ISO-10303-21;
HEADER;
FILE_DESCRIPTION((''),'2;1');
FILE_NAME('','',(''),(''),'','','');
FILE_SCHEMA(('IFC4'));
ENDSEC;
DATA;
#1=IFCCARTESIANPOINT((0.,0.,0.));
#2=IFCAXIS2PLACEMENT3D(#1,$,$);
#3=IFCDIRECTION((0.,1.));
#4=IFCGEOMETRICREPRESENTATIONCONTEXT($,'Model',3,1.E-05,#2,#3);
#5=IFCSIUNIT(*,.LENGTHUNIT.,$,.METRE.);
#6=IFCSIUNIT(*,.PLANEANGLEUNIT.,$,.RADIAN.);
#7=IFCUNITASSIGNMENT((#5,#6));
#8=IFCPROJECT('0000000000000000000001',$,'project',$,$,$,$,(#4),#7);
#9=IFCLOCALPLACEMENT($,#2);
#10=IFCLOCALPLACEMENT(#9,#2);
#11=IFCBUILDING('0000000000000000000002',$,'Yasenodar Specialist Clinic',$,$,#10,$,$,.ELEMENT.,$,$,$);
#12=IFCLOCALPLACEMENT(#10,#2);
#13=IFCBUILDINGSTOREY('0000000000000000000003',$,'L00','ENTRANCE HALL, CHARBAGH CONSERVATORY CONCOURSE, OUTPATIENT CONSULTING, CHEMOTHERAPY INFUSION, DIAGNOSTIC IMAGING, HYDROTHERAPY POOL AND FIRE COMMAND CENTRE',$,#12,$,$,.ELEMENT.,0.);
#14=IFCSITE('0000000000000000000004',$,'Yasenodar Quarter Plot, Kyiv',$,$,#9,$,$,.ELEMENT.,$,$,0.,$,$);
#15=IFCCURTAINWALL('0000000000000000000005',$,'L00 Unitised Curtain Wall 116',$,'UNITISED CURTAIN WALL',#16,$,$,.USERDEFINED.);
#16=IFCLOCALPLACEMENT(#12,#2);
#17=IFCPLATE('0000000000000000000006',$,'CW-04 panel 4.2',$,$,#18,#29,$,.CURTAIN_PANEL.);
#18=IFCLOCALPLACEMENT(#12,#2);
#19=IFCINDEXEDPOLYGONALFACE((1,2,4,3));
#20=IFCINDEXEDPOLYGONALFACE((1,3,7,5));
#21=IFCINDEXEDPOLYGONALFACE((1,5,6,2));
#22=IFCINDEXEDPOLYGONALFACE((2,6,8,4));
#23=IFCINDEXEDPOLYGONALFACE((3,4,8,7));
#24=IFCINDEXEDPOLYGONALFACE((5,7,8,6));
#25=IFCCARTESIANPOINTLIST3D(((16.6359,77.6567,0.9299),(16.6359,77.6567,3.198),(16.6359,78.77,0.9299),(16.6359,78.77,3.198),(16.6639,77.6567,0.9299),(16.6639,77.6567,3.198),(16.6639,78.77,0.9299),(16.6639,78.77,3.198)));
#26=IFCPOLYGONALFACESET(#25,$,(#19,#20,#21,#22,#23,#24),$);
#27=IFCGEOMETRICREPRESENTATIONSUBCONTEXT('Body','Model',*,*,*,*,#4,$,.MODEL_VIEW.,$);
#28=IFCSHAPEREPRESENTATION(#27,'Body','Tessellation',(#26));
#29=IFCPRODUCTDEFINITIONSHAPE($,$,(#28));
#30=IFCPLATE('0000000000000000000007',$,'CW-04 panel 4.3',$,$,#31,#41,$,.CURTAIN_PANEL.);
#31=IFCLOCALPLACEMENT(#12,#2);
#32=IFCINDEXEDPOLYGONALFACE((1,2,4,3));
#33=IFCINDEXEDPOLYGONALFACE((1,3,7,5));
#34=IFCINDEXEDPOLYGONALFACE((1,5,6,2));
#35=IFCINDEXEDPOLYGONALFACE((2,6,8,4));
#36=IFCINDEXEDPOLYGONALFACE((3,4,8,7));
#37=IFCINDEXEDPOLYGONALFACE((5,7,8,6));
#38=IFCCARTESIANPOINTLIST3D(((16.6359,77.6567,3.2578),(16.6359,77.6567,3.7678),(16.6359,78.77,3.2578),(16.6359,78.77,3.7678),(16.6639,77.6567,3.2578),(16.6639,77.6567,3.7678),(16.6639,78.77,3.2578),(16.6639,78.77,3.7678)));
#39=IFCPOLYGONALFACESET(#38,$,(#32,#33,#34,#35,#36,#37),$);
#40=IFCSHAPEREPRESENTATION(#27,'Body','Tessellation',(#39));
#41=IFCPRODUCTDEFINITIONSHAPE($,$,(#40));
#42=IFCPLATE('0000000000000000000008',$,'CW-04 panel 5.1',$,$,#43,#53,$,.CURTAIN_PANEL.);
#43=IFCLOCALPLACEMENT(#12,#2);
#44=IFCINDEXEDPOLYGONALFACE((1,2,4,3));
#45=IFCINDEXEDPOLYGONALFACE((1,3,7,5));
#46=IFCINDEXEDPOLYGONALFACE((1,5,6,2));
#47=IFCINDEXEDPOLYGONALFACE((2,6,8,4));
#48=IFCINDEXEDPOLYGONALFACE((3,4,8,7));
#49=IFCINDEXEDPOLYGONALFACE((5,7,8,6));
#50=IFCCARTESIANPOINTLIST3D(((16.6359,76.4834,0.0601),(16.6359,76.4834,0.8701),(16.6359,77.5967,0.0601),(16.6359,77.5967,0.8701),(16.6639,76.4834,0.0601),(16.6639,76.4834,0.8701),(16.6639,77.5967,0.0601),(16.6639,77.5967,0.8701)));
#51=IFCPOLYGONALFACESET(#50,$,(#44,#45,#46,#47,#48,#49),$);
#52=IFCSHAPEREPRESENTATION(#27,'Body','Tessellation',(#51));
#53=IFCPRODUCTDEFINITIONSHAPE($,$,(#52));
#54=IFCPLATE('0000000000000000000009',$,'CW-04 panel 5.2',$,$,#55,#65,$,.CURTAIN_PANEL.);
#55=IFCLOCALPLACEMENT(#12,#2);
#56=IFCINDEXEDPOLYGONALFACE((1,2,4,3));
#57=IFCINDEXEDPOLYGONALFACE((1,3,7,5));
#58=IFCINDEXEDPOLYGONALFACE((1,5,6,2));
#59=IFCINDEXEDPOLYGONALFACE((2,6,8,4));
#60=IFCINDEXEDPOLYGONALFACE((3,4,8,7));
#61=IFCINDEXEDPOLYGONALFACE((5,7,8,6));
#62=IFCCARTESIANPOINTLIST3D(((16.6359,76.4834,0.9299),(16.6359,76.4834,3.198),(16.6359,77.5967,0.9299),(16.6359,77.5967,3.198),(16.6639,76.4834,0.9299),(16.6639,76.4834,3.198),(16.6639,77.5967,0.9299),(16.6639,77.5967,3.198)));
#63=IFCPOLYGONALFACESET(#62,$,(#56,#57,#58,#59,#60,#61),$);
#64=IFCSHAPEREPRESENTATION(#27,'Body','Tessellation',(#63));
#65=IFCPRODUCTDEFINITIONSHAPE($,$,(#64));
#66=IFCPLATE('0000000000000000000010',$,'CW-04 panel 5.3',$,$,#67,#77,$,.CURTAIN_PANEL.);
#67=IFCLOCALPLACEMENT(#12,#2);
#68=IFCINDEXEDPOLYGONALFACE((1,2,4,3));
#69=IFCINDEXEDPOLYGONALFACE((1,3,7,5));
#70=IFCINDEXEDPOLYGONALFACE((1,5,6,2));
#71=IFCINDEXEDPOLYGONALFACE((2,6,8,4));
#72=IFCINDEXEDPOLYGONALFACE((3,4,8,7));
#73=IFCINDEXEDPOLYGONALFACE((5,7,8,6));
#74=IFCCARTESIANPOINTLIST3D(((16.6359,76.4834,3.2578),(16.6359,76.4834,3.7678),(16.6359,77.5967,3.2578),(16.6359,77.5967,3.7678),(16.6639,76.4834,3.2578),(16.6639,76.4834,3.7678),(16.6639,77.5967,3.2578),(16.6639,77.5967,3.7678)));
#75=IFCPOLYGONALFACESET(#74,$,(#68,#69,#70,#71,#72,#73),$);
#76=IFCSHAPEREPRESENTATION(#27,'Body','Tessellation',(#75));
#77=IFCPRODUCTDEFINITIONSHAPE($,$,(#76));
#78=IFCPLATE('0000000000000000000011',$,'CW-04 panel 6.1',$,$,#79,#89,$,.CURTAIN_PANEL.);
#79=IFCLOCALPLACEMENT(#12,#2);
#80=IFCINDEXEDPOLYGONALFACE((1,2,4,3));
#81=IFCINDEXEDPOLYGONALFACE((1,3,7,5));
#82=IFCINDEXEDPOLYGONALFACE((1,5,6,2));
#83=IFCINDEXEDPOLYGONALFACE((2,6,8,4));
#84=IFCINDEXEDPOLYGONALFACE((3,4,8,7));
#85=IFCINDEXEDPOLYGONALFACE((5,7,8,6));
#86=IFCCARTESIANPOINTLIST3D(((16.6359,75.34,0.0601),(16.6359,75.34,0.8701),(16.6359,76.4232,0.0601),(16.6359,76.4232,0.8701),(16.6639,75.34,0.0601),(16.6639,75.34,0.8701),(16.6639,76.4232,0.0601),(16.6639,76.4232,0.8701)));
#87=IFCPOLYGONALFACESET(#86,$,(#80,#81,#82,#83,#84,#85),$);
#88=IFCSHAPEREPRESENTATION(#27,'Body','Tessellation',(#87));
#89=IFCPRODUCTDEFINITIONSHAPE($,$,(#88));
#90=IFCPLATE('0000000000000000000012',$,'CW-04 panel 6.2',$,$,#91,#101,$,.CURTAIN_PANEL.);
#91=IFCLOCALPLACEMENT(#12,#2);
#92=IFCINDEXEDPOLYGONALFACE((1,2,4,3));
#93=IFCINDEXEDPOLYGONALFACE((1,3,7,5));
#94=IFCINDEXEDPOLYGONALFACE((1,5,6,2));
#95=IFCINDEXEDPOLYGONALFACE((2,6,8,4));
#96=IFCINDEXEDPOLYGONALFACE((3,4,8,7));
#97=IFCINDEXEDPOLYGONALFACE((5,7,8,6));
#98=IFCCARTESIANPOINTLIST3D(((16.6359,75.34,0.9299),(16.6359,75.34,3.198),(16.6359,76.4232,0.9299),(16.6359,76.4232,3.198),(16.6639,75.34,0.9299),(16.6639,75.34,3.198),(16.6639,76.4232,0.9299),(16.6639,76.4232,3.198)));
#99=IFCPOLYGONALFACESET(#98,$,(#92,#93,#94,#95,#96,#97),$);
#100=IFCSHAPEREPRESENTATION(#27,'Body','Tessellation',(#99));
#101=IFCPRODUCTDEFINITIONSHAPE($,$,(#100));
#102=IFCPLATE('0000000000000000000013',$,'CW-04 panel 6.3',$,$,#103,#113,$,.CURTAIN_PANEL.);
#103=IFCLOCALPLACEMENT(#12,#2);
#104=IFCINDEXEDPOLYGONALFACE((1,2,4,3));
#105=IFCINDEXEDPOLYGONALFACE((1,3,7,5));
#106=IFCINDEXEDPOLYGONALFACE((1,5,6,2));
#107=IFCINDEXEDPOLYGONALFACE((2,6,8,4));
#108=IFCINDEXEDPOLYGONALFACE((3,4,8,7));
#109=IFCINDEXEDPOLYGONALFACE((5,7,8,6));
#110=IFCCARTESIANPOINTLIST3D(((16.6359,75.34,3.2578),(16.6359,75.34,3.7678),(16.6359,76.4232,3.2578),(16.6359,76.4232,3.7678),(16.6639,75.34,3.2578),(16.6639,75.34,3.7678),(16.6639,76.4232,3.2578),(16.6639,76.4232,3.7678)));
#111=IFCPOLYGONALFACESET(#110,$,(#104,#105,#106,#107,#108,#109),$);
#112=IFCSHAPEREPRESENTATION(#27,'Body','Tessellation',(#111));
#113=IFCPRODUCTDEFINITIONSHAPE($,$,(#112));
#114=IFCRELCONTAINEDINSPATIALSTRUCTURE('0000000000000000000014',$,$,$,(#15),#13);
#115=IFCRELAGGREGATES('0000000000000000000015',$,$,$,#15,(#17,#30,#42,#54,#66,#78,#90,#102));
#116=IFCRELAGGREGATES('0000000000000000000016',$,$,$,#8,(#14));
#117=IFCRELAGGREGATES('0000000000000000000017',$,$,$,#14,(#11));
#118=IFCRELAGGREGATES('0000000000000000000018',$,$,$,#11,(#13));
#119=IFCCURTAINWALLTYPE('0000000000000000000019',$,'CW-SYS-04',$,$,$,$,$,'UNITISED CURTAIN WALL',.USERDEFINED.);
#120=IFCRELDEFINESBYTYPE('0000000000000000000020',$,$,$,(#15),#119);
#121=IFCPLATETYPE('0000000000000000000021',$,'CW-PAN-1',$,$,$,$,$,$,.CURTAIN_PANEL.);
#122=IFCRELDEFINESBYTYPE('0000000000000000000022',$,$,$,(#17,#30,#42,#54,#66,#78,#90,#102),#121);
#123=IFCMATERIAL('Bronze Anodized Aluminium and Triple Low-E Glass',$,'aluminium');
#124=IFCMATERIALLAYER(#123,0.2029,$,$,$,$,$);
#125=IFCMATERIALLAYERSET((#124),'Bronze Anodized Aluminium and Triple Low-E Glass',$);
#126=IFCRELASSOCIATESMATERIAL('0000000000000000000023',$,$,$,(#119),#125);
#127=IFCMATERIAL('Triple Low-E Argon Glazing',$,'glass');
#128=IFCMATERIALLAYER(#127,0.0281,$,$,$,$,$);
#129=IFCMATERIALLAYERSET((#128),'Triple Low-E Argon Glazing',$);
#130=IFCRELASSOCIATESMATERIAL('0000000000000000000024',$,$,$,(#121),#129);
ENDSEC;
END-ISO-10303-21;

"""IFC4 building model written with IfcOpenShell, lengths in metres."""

from ifc_helpers import new_model, si_unit, direction, frame, origin, origin_2d, place, context, subcontext, project, spatial, rectangle, extrude, material, layer, layer_set, type_object, element, aggregate, save


model = new_model("IFC4")

# Units and contexts
model_context = context("Model", 3, precision=1e-05, world=origin(), true_north=direction((0.0, 1.0)))
body_context = subcontext(model_context, "Body", "Model", "MODEL_VIEW")
ifc_project = project(units=[si_unit("LENGTHUNIT", "METRE"), si_unit("PLANEANGLEUNIT", "RADIAN")], contexts=[model_context])

# Site, building, storey
site_placement = place(None, origin())
site = spatial("IfcSite", under=ifc_project, at=site_placement, Name="Yasenodar Quarter Plot, Kyiv", CompositionType="ELEMENT", RefElevation=0.0)
building_placement = place(site_placement, origin())
building = spatial("IfcBuilding", under=site, at=building_placement, Name="Yasenodar Specialist Clinic", CompositionType="ELEMENT")
storey_placement = place(building_placement, origin())
storey = spatial("IfcBuildingStorey", under=building, at=storey_placement, Name="L00", Description="ENTRANCE HALL, CHARBAGH CONSERVATORY CONCOURSE, OUTPATIENT CONSULTING, CHEMOTHERAPY INFUSION, DIAGNOSTIC IMAGING, HYDROTHERAPY POOL AND FIRE COMMAND CENTRE", CompositionType="ELEMENT", Elevation=0.0)

# Curtain wall, plates
ifc_material_1 = material(Name="Bronze Anodized Aluminium and Triple Low-E Glass", Category="aluminium")
ifc_layer_1 = layer(ifc_material_1, 0.2029)
ifc_layer_set_1 = layer_set([ifc_layer_1], Name="Bronze Anodized Aluminium and Triple Low-E Glass")
curtain_wall_type = type_object("IfcCurtainWallType", Name="CW-SYS-04", ElementType="UNITISED CURTAIN WALL", PredefinedType="USERDEFINED", material=ifc_layer_set_1)
curtain_wall_placement = place(storey_placement, origin())
curtain_wall = element("IfcCurtainWall", 1, at=curtain_wall_placement, inside=storey, type_object=curtain_wall_type, Name="L00 Unitised Curtain Wall 116", ObjectType="UNITISED CURTAIN WALL", PredefinedType="USERDEFINED")
ifc_material_2 = material(Name="Triple Low-E Argon Glazing", Category="glass")
ifc_layer_2 = layer(ifc_material_2, 0.0281)
ifc_layer_set_2 = layer_set([ifc_layer_2], Name="Triple Low-E Argon Glazing")
plate_type = type_object("IfcPlateType", Name="CW-PAN-1", PredefinedType="CURTAIN_PANEL", material=ifc_layer_set_2)
plate_1_placement = place(storey_placement, frame((16.6499, 78.2134, 0.9299), z_axis=(0.0, 0.0, 1.0), x_axis=(0.0, -1.0, 0.0)))
plate_1 = element("IfcPlate", 2, at=plate_1_placement, type_object=plate_type, Name="CW-04 panel 4.2", PredefinedType="CURTAIN_PANEL", context=body_context, shape_type="SweptSolid", body=[
    extrude(rectangle(XDim=1.1133, YDim=0.0281, at=origin_2d()), origin(), (0.0, 0.0, 1.0), 2.2681),
])
plate_2_placement = place(storey_placement, frame((16.6499, 78.2134, 3.2578), z_axis=(0.0, 0.0, 1.0), x_axis=(0.0, -1.0, 0.0)))
plate_2 = element("IfcPlate", 3, at=plate_2_placement, type_object=plate_type, Name="CW-04 panel 4.3", PredefinedType="CURTAIN_PANEL", context=body_context, shape_type="SweptSolid", body=[
    extrude(rectangle(XDim=1.1133, YDim=0.0281, at=origin_2d()), origin(), (0.0, 0.0, 1.0), 0.51),
])
plate_3_placement = place(storey_placement, frame((16.6499, 77.04, 0.0601), z_axis=(0.0, 0.0, 1.0), x_axis=(0.0, -1.0, 0.0)))
plate_3 = element("IfcPlate", 4, at=plate_3_placement, type_object=plate_type, Name="CW-04 panel 5.1", PredefinedType="CURTAIN_PANEL", context=body_context, shape_type="SweptSolid", body=[
    extrude(rectangle(XDim=1.1133, YDim=0.0281, at=origin_2d()), origin(), (0.0, 0.0, 1.0), 0.8101),
])
plate_4_placement = place(storey_placement, frame((16.6499, 77.04, 0.9299), z_axis=(0.0, 0.0, 1.0), x_axis=(0.0, -1.0, 0.0)))
plate_4 = element("IfcPlate", 5, at=plate_4_placement, type_object=plate_type, Name="CW-04 panel 5.2", PredefinedType="CURTAIN_PANEL", context=body_context, shape_type="SweptSolid", body=[
    extrude(rectangle(XDim=1.1133, YDim=0.0281, at=origin_2d()), origin(), (0.0, 0.0, 1.0), 2.2681),
])
plate_5_placement = place(storey_placement, frame((16.6499, 77.04, 3.2578), z_axis=(0.0, 0.0, 1.0), x_axis=(0.0, -1.0, 0.0)))
plate_5 = element("IfcPlate", 6, at=plate_5_placement, type_object=plate_type, Name="CW-04 panel 5.3", PredefinedType="CURTAIN_PANEL", context=body_context, shape_type="SweptSolid", body=[
    extrude(rectangle(XDim=1.1133, YDim=0.0281, at=origin_2d()), origin(), (0.0, 0.0, 1.0), 0.51),
])
plate_6_placement = place(storey_placement, frame((16.6499, 75.8816, 0.0601), z_axis=(0.0, 0.0, 1.0), x_axis=(0.0, -1.0, 0.0)))
plate_6 = element("IfcPlate", 7, at=plate_6_placement, type_object=plate_type, Name="CW-04 panel 6.1", PredefinedType="CURTAIN_PANEL", context=body_context, shape_type="SweptSolid", body=[
    extrude(rectangle(XDim=1.0833, YDim=0.0281, at=origin_2d()), origin(), (0.0, 0.0, 1.0), 0.8101),
])
plate_7_placement = place(storey_placement, frame((16.6499, 75.8816, 0.9299), z_axis=(0.0, 0.0, 1.0), x_axis=(0.0, -1.0, 0.0)))
plate_7 = element("IfcPlate", 8, at=plate_7_placement, type_object=plate_type, Name="CW-04 panel 6.2", PredefinedType="CURTAIN_PANEL", context=body_context, shape_type="SweptSolid", body=[
    extrude(rectangle(XDim=1.0833, YDim=0.0281, at=origin_2d()), origin(), (0.0, 0.0, 1.0), 2.2681),
])
plate_8_placement = place(storey_placement, frame((16.6499, 75.8816, 3.2578), z_axis=(0.0, 0.0, 1.0), x_axis=(0.0, -1.0, 0.0)))
plate_8 = element("IfcPlate", 9, at=plate_8_placement, type_object=plate_type, Name="CW-04 panel 6.3", PredefinedType="CURTAIN_PANEL", context=body_context, shape_type="SweptSolid", body=[
    extrude(rectangle(XDim=1.0833, YDim=0.0281, at=origin_2d()), origin(), (0.0, 0.0, 1.0), 0.51),
])
aggregate(curtain_wall, [plate_1, plate_2, plate_3, plate_4, plate_5, plate_6, plate_7, plate_8])

save(model, "model.ifc")
